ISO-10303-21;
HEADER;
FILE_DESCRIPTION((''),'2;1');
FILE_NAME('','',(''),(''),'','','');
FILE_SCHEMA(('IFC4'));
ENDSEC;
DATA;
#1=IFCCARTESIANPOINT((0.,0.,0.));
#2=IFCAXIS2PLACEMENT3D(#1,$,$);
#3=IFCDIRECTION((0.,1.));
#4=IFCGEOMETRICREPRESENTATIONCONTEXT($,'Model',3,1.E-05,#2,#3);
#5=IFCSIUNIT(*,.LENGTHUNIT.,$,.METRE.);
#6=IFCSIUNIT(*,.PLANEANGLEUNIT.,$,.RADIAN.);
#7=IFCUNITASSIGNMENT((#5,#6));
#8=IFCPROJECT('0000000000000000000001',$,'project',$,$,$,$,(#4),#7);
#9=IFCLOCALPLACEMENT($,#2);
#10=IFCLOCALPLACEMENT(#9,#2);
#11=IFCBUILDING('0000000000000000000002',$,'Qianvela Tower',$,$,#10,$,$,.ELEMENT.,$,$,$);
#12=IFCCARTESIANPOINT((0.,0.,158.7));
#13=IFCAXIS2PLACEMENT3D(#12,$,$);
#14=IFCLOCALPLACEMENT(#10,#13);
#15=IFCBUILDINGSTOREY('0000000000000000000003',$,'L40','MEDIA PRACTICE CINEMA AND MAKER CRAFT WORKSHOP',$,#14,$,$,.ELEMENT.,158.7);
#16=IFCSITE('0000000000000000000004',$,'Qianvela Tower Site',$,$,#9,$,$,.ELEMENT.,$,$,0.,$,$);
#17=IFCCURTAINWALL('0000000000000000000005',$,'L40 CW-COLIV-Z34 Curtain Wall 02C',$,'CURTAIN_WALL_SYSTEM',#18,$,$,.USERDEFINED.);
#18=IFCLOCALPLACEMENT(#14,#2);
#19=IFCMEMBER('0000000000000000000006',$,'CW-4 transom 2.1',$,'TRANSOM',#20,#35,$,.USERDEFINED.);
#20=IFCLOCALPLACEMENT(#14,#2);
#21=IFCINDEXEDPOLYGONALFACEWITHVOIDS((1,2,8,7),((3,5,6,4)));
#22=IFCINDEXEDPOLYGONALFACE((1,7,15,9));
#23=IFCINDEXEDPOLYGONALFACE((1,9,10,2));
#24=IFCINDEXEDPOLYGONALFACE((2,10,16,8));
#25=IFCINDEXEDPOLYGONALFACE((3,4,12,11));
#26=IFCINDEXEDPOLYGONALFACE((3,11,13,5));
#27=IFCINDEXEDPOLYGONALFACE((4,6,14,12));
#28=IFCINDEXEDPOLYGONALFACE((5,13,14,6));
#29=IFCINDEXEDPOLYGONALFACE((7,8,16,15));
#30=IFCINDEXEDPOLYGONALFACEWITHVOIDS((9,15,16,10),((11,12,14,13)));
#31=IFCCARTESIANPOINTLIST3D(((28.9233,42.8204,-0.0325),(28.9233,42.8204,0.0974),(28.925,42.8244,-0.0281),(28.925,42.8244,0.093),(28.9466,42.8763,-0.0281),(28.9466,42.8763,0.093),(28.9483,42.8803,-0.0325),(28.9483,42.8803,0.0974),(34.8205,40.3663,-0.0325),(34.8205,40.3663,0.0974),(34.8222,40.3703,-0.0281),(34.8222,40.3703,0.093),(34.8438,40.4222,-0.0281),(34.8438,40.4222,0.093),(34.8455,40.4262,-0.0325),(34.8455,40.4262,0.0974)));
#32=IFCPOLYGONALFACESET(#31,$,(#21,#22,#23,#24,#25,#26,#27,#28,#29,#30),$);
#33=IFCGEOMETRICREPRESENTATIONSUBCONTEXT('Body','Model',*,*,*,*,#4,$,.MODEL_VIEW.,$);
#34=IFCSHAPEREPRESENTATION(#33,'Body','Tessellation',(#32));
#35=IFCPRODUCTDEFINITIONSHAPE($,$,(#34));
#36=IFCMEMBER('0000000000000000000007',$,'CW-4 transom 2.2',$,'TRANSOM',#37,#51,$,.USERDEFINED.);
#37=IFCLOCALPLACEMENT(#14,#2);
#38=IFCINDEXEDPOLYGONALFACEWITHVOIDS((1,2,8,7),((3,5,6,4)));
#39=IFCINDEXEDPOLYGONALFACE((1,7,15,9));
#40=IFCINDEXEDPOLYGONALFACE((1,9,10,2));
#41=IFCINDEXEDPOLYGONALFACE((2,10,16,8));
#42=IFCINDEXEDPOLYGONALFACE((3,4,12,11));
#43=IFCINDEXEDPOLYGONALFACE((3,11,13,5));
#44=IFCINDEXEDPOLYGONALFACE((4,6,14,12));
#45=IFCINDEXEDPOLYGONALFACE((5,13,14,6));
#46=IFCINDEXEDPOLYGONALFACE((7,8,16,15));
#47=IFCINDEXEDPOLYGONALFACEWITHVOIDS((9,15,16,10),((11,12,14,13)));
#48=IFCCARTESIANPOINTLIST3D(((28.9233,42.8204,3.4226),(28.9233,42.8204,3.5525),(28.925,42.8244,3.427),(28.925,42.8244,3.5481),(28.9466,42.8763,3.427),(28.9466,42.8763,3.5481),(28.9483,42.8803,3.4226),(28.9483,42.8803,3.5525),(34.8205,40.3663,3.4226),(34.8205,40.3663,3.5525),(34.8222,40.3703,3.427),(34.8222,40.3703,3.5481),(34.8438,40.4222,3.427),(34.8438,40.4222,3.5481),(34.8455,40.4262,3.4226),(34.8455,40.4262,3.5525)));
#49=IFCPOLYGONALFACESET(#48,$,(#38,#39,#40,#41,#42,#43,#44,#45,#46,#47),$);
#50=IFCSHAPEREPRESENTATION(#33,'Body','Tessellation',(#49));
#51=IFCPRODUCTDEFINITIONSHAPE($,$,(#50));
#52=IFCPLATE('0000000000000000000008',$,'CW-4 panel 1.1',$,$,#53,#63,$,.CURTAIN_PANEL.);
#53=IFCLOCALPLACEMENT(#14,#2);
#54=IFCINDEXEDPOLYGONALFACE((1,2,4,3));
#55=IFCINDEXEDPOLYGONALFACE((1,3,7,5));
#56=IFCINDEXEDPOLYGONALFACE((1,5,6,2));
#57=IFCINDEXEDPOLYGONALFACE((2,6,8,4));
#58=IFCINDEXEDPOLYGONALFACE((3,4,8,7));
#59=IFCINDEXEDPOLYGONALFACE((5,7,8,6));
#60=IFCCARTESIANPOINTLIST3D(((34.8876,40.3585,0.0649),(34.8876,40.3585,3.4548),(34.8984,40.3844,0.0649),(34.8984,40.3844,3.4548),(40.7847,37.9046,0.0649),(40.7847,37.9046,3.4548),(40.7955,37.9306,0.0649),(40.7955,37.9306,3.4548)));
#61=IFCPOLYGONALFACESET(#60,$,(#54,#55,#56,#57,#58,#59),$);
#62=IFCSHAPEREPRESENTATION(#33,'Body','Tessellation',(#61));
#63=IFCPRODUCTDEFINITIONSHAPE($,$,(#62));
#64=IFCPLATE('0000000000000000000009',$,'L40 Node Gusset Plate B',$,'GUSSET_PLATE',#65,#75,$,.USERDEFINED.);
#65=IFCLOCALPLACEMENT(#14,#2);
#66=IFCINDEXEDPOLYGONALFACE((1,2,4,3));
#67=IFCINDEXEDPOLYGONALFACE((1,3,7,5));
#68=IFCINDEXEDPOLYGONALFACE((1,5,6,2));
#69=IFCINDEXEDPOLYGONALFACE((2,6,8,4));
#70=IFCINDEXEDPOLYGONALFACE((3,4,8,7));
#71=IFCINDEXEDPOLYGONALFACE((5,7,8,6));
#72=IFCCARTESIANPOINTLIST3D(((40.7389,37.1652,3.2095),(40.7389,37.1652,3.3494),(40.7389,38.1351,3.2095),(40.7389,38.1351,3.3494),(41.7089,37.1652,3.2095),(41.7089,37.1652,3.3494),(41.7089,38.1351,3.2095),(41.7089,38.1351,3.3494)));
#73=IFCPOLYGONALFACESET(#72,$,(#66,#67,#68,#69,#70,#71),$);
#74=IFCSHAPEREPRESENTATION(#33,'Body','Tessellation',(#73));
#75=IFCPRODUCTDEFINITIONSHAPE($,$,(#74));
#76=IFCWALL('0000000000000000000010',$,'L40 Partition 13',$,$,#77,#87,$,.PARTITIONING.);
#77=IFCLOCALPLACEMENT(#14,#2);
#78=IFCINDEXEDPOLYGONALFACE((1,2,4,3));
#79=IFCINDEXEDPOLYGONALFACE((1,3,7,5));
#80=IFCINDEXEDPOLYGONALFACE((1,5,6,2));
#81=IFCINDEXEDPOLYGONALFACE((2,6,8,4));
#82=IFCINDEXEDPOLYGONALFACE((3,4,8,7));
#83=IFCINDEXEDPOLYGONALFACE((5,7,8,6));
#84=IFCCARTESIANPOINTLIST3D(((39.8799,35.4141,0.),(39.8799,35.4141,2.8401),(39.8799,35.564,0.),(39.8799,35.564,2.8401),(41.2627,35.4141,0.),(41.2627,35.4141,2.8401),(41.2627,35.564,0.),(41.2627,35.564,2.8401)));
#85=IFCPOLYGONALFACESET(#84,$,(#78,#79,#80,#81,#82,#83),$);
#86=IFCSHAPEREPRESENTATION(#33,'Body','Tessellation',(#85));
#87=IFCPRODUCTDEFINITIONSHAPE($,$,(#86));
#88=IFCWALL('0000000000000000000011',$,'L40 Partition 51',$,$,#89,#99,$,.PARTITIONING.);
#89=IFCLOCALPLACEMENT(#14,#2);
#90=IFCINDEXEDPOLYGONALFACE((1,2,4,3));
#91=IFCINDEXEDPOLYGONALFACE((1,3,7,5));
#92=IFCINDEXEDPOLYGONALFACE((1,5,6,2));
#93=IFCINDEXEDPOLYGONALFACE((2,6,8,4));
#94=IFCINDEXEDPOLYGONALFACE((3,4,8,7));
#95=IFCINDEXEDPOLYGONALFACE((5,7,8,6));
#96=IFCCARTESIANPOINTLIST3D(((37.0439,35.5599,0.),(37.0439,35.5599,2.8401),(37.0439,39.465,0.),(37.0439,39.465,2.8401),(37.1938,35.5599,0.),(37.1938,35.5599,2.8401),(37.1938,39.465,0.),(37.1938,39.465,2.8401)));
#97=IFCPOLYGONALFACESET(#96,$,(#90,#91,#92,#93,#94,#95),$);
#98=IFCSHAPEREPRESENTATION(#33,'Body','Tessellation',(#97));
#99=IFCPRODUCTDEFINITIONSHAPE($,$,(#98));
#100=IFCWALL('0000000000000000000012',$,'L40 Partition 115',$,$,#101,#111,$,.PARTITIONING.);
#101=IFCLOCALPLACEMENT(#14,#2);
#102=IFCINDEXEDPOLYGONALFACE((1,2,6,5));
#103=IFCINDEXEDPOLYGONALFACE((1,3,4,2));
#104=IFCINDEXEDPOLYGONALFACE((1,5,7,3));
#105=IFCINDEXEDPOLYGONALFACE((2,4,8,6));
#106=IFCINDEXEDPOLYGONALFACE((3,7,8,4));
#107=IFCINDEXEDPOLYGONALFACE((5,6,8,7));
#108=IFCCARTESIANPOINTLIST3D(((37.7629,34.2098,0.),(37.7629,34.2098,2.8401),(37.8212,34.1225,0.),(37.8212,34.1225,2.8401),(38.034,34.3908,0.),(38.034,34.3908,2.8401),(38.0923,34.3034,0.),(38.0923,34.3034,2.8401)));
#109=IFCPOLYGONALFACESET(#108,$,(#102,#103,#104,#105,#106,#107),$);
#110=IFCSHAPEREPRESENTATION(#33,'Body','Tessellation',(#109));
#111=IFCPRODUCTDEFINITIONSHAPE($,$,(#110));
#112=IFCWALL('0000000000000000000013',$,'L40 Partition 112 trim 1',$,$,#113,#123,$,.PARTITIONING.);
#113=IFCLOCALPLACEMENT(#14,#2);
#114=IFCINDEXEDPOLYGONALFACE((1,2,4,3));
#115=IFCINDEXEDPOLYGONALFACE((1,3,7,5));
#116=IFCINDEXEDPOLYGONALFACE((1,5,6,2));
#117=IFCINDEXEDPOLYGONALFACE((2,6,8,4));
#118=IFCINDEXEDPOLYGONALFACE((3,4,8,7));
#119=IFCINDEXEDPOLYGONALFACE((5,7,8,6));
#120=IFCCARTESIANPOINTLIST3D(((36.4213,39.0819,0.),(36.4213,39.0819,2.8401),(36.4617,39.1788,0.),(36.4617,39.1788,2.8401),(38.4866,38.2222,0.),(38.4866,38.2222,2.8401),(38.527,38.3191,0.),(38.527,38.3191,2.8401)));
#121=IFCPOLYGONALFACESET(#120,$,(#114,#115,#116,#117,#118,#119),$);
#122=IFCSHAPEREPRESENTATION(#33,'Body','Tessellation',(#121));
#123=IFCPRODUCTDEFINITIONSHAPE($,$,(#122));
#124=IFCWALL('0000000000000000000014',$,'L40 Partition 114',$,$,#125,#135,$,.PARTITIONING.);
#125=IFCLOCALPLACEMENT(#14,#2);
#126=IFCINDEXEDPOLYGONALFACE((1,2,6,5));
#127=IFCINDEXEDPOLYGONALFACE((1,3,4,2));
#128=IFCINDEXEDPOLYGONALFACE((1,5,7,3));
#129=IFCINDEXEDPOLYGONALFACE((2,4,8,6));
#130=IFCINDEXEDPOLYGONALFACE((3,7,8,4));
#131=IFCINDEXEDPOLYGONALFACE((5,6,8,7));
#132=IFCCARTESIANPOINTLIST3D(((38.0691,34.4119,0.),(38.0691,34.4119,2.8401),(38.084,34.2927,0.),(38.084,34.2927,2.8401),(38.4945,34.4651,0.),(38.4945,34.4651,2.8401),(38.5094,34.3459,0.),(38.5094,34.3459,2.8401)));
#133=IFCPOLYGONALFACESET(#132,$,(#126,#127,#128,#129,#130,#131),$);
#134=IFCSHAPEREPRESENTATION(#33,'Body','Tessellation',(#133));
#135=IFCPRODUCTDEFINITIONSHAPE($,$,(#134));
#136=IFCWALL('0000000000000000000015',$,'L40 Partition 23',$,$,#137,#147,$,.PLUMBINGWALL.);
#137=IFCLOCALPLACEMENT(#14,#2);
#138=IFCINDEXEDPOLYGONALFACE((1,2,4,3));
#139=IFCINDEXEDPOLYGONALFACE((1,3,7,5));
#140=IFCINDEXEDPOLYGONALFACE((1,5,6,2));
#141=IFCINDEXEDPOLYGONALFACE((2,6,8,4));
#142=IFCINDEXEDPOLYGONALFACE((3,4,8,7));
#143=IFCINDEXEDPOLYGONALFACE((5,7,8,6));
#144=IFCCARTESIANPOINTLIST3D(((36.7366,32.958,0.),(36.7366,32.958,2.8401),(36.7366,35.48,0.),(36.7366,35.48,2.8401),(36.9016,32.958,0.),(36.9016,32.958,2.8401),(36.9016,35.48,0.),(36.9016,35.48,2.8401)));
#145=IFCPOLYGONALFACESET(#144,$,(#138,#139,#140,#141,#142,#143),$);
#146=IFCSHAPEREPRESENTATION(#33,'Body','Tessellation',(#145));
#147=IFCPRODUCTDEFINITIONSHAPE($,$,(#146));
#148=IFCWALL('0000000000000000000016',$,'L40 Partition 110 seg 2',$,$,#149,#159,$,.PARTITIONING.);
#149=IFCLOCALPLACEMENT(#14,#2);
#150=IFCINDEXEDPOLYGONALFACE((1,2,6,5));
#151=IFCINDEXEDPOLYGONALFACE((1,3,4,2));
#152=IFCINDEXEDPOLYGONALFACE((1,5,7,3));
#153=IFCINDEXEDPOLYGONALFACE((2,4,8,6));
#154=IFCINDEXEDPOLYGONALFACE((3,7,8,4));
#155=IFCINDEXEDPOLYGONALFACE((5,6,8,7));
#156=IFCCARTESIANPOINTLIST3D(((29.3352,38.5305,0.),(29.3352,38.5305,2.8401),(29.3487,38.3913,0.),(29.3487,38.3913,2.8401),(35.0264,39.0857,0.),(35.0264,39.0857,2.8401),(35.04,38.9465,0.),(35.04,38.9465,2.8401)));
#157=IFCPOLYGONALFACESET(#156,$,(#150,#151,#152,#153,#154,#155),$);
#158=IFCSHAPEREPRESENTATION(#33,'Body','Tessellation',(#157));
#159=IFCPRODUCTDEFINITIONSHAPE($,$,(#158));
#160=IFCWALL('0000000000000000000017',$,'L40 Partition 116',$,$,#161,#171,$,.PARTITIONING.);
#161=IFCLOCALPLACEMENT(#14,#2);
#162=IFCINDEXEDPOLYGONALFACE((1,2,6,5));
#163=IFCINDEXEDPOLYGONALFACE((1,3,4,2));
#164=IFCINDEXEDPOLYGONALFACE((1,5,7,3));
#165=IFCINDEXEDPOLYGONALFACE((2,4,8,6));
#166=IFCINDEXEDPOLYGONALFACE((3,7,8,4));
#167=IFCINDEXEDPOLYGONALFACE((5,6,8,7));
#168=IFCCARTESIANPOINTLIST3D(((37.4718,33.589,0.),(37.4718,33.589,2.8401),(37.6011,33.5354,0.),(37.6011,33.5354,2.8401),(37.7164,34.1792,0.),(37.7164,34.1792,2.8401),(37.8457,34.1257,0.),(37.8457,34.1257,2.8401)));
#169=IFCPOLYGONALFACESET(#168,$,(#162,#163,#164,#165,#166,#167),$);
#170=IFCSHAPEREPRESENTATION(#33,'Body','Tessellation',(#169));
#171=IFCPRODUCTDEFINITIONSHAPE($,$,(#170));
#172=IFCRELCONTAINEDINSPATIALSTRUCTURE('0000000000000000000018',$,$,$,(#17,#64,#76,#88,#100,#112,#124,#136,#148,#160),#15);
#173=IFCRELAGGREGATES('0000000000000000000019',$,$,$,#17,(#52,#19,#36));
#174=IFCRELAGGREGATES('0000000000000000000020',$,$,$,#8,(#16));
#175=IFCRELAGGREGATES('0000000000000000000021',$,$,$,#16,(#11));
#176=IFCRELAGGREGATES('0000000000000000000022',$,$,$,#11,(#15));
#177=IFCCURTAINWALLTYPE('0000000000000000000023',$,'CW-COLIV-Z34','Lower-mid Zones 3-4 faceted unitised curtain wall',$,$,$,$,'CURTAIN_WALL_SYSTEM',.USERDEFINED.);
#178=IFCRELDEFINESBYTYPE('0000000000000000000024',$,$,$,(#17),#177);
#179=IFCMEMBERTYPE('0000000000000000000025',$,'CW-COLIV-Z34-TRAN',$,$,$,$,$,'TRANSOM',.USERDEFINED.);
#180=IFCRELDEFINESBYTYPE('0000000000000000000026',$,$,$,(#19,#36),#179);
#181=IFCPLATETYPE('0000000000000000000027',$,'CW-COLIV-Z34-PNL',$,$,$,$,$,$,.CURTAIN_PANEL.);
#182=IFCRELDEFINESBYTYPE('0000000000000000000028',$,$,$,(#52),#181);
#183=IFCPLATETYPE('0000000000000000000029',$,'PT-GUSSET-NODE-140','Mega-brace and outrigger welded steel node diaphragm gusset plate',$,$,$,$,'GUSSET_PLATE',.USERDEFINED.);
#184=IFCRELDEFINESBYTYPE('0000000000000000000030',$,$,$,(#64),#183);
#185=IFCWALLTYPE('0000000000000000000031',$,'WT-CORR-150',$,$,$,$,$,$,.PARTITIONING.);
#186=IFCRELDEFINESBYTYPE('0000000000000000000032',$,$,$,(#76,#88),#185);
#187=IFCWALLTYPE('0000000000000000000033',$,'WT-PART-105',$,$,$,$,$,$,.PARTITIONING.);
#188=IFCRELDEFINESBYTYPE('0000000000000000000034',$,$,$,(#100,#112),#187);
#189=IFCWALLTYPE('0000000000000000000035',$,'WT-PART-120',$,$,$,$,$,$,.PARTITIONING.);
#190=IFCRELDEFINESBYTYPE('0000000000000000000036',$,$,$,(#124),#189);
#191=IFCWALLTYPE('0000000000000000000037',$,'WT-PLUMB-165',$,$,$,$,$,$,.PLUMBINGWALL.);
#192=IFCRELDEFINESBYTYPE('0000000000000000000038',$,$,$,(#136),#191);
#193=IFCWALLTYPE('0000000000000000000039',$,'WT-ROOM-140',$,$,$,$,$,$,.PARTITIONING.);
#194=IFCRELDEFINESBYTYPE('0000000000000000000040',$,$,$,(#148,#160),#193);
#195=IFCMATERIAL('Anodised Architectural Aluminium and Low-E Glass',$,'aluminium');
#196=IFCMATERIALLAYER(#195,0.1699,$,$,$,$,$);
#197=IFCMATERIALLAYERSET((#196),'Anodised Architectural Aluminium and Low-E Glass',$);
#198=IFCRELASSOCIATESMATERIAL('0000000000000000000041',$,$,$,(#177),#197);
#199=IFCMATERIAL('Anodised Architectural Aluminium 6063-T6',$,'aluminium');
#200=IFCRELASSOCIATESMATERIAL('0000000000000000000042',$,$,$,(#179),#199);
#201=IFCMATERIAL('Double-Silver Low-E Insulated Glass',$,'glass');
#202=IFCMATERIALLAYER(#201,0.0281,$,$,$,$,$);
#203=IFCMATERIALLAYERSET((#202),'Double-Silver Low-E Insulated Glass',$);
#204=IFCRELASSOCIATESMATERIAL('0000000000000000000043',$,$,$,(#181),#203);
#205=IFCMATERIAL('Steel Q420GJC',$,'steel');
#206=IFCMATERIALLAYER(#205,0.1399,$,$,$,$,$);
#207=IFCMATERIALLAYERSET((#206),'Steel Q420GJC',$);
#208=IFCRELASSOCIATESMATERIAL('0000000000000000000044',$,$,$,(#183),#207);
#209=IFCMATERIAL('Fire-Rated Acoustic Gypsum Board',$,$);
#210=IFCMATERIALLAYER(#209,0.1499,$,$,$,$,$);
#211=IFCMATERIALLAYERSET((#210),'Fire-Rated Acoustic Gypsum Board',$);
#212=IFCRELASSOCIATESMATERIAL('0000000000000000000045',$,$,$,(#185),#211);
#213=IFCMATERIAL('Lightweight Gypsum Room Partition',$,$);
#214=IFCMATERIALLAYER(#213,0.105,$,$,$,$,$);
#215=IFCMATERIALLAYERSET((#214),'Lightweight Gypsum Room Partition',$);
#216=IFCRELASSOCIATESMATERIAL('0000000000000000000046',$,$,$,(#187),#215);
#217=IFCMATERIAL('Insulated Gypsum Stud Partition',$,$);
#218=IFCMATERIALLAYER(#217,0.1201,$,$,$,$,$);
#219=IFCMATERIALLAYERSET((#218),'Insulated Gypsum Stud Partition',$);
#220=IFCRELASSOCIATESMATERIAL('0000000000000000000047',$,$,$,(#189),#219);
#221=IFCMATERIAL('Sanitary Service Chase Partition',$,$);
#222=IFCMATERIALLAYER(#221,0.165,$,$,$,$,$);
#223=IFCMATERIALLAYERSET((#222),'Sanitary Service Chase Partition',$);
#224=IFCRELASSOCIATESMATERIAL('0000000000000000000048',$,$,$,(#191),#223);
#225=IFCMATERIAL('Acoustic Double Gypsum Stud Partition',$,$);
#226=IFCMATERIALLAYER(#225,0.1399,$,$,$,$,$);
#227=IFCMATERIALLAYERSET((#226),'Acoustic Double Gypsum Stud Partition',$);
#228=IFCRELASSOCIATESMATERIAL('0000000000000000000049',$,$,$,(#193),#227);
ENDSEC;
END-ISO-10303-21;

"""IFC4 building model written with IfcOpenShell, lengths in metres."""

from ifc_helpers import new_model, si_unit, direction, frame, frame_2d, origin, origin_2d, place, context, subcontext, project, spatial, rectangle, hollow_rectangle, extrude, material, layer, layer_set, material_profile, profile_set, type_object, element, aggregate, save


model = new_model("IFC4")

# Units and contexts
model_context = context("Model", 3, precision=1e-05, world=origin(), true_north=direction((0.0, 1.0)))
body_context = subcontext(model_context, "Body", "Model", "MODEL_VIEW")
ifc_project = project(units=[si_unit("LENGTHUNIT", "METRE"), si_unit("PLANEANGLEUNIT", "RADIAN")], contexts=[model_context])

# Site, building, storey
site_placement = place(None, origin())
site = spatial("IfcSite", under=ifc_project, at=site_placement, Name="Qianvela Tower Site", CompositionType="ELEMENT", RefElevation=0.0)
building_placement = place(site_placement, origin())
building = spatial("IfcBuilding", under=site, at=building_placement, Name="Qianvela Tower", CompositionType="ELEMENT")
storey_placement = place(building_placement, frame((0.0, 0.0, 158.7)))
storey = spatial("IfcBuildingStorey", under=building, at=storey_placement, Name="L40", Description="MEDIA PRACTICE CINEMA AND MAKER CRAFT WORKSHOP", CompositionType="ELEMENT", Elevation=158.7)

# Curtain wall, members, plate
ifc_material_1 = material(Name="Anodised Architectural Aluminium and Low-E Glass", Category="aluminium")
ifc_layer_1 = layer(ifc_material_1, 0.1699)
ifc_layer_set_1 = layer_set([ifc_layer_1], Name="Anodised Architectural Aluminium and Low-E Glass")
curtain_wall_type_1 = type_object("IfcCurtainWallType", Name="CW-COLIV-Z34", Description="Lower-mid Zones 3-4 faceted unitised curtain wall", ElementType="CURTAIN_WALL_SYSTEM", PredefinedType="USERDEFINED", material=ifc_layer_set_1)
curtain_wall_1_placement = place(storey_placement, origin())
curtain_wall_1 = element("IfcCurtainWall", 1, at=curtain_wall_1_placement, inside=storey, type_object=curtain_wall_type_1, Name="L40 CW-COLIV-Z34 Curtain Wall 02C", ObjectType="CURTAIN_WALL_SYSTEM", PredefinedType="USERDEFINED")
ifc_material_2 = material(Name="Anodised Architectural Aluminium 6063-T6", Category="aluminium")
ifc_material_profile_1 = material_profile(ifc_material_2, hollow_rectangle(XDim=0.0649, YDim=0.1299, WallThickness=0.0044, at=origin_2d()), Name="ALU-TRAN-65x130")
ifc_profile_set_1 = profile_set([ifc_material_profile_1], Name="Anodised Architectural Aluminium 6063-T6")
member_type_1 = type_object("IfcMemberType", Name="CW-COLIV-Z34-TRAN", ElementType="TRANSOM", PredefinedType="USERDEFINED", material=ifc_profile_set_1)
member_1_placement = place(storey_placement, frame((34.833, 40.3962, 0.0325), z_axis=(-0.923248, 0.384206, 0.0), x_axis=(-0.384206, -0.923248, 0.0)))
member_1 = element("IfcMember", 2, at=member_1_placement, type_object=member_type_1, Name="CW-4 transom 2.1", ObjectType="TRANSOM", PredefinedType="USERDEFINED", context=body_context, shape_type="SweptSolid", body=[
    extrude(hollow_rectangle(XDim=0.0649, YDim=0.1299, WallThickness=0.0044, at=origin_2d()), origin(), (0.0, 0.0, 1.0), 6.3875),
])
member_2_placement = place(storey_placement, frame((34.833, 40.3962, 3.4875), z_axis=(-0.923248, 0.384206, 0.0), x_axis=(-0.384206, -0.923248, 0.0)))
member_2 = element("IfcMember", 3, at=member_2_placement, type_object=member_type_1, Name="CW-4 transom 2.2", ObjectType="TRANSOM", PredefinedType="USERDEFINED", context=body_context, shape_type="SweptSolid", body=[
    extrude(hollow_rectangle(XDim=0.0649, YDim=0.1299, WallThickness=0.0044, at=origin_2d()), origin(), (0.0, 0.0, 1.0), 6.3875),
])
ifc_material_3 = material(Name="Double-Silver Low-E Insulated Glass", Category="glass")
ifc_layer_2 = layer(ifc_material_3, 0.0281)
ifc_layer_set_2 = layer_set([ifc_layer_2], Name="Double-Silver Low-E Insulated Glass")
plate_type_1 = type_object("IfcPlateType", Name="CW-COLIV-Z34-PNL", PredefinedType="CURTAIN_PANEL", material=ifc_layer_set_2)
plate_1_placement = place(storey_placement, frame((37.8416, 39.1445, 0.0649), z_axis=(0.0, 0.0, 1.0), x_axis=(-0.923257, 0.384182, 0.0)))
plate_1 = element("IfcPlate", 4, at=plate_1_placement, type_object=plate_type_1, Name="CW-4 panel 1.1", PredefinedType="CURTAIN_PANEL", context=body_context, shape_type="SweptSolid", body=[
    extrude(rectangle(XDim=6.3872, YDim=0.0281, at=origin_2d()), origin(), (0.0, 0.0, 1.0), 3.3899),
])
aggregate(curtain_wall_1, [plate_1, member_1, member_2])

# Plate
ifc_material_4 = material(Name="Steel Q420GJC", Category="steel")
ifc_layer_3 = layer(ifc_material_4, 0.1399)
ifc_layer_set_3 = layer_set([ifc_layer_3], Name="Steel Q420GJC")
plate_type_2 = type_object("IfcPlateType", Name="PT-GUSSET-NODE-140", Description="Mega-brace and outrigger welded steel node diaphragm gusset plate", ElementType="GUSSET_PLATE", PredefinedType="USERDEFINED", material=ifc_layer_set_3)
plate_2_placement = place(storey_placement, frame((41.2239, 37.6501, 3.2095), z_axis=(0.0, 0.0, 1.0), x_axis=(1.0, 0.0, 0.0)))
element("IfcPlate", 5, at=plate_2_placement, inside=storey, type_object=plate_type_2, Name="L40 Node Gusset Plate B", ObjectType="GUSSET_PLATE", PredefinedType="USERDEFINED", context=body_context, shape_type="SweptSolid", body=[
    extrude(rectangle(XDim=0.97, YDim=0.97, at=origin_2d()), origin(), (0.0, 0.0, 1.0), 0.1399),
])

# Walls
ifc_material_5 = material(Name="Fire-Rated Acoustic Gypsum Board")
ifc_layer_4 = layer(ifc_material_5, 0.1499)
ifc_layer_set_4 = layer_set([ifc_layer_4], Name="Fire-Rated Acoustic Gypsum Board")
wall_type_1 = type_object("IfcWallType", Name="WT-CORR-150", PredefinedType="PARTITIONING", material=ifc_layer_set_4)
wall_1_placement = place(storey_placement, frame((39.8799, 35.489, 0.0), z_axis=(0.0, 0.0, 1.0), x_axis=(1.0, 0.0, 0.0)))
element("IfcWall", 6, at=wall_1_placement, inside=storey, type_object=wall_type_1, Name="L40 Partition 13", PredefinedType="PARTITIONING", context=body_context, shape_type="SweptSolid", body=[
    extrude(rectangle(XDim=1.3828, YDim=0.1499, at=frame_2d((0.6914, 0.0))), origin(), (0.0, 0.0, 1.0), 2.8401),
])
wall_2_placement = place(storey_placement, frame((37.1189, 39.4651, 0.0), z_axis=(0.0, 0.0, 1.0), x_axis=(0.0, -1.0, 0.0)))
element("IfcWall", 7, at=wall_2_placement, inside=storey, type_object=wall_type_1, Name="L40 Partition 51", PredefinedType="PARTITIONING", context=body_context, shape_type="SweptSolid", body=[
    extrude(rectangle(XDim=3.905, YDim=0.1499, at=frame_2d((1.9526, 0.0))), origin(), (0.0, 0.0, 1.0), 2.8401),
])
ifc_material_6 = material(Name="Lightweight Gypsum Room Partition")
ifc_layer_5 = layer(ifc_material_6, 0.105)
ifc_layer_set_5 = layer_set([ifc_layer_5], Name="Lightweight Gypsum Room Partition")
wall_type_2 = type_object("IfcWallType", Name="WT-PART-105", PredefinedType="PARTITIONING", material=ifc_layer_set_5)
wall_3_placement = place(storey_placement, frame((38.0632, 34.3472, 0.0), z_axis=(0.0, 0.0, 1.0), x_axis=(-0.831704, -0.555219, 0.0)))
element("IfcWall", 8, at=wall_3_placement, inside=storey, type_object=wall_type_2, Name="L40 Partition 115", PredefinedType="PARTITIONING", context=body_context, shape_type="SweptSolid", body=[
    extrude(rectangle(XDim=0.3259, YDim=0.105, at=frame_2d((0.1631, 0.0))), origin(), (0.0, 0.0, 1.0), 2.8401),
])
wall_4_placement = place(storey_placement, frame((36.4414, 39.1304, 0.0), z_axis=(0.0, 0.0, 1.0), x_axis=(0.923216, -0.384282, 0.0)))
element("IfcWall", 9, at=wall_4_placement, inside=storey, type_object=wall_type_2, Name="L40 Partition 112 trim 1", PredefinedType="PARTITIONING", context=body_context, shape_type="SweptSolid", body=[
    extrude(rectangle(XDim=2.2371, YDim=0.105, at=frame_2d((1.1187, 0.0))), origin(), (0.0, 0.0, 1.0), 2.8401),
])
ifc_material_7 = material(Name="Insulated Gypsum Stud Partition")
ifc_layer_6 = layer(ifc_material_7, 0.1201)
ifc_layer_set_6 = layer_set([ifc_layer_6], Name="Insulated Gypsum Stud Partition")
wall_type_3 = type_object("IfcWallType", Name="WT-PART-120", PredefinedType="PARTITIONING", material=ifc_layer_set_6)
wall_5_placement = place(storey_placement, frame((38.502, 34.4055, 0.0), z_axis=(0.0, 0.0, 1.0), x_axis=(-0.99226, -0.124175, 0.0)))
element("IfcWall", 10, at=wall_5_placement, inside=storey, type_object=wall_type_3, Name="L40 Partition 114", PredefinedType="PARTITIONING", context=body_context, shape_type="SweptSolid", body=[
    extrude(rectangle(XDim=0.4287, YDim=0.1201, at=frame_2d((0.2144, 0.0))), origin(), (0.0, 0.0, 1.0), 2.8401),
])
ifc_material_8 = material(Name="Sanitary Service Chase Partition")
ifc_layer_7 = layer(ifc_material_8, 0.165)
ifc_layer_set_7 = layer_set([ifc_layer_7], Name="Sanitary Service Chase Partition")
wall_type_4 = type_object("IfcWallType", Name="WT-PLUMB-165", PredefinedType="PLUMBINGWALL", material=ifc_layer_set_7)
wall_6_placement = place(storey_placement, frame((36.8191, 35.48, 0.0), z_axis=(0.0, 0.0, 1.0), x_axis=(0.0, -1.0, 0.0)))
element("IfcWall", 11, at=wall_6_placement, inside=storey, type_object=wall_type_4, Name="L40 Partition 23", PredefinedType="PLUMBINGWALL", context=body_context, shape_type="SweptSolid", body=[
    extrude(rectangle(XDim=2.522, YDim=0.165, at=frame_2d((1.261, 0.0))), origin(), (0.0, 0.0, 1.0), 2.8401),
])
ifc_material_9 = material(Name="Acoustic Double Gypsum Stud Partition")
ifc_layer_8 = layer(ifc_material_9, 0.1399)
ifc_layer_set_8 = layer_set([ifc_layer_8], Name="Acoustic Double Gypsum Stud Partition")
wall_type_5 = type_object("IfcWallType", Name="WT-ROOM-140", PredefinedType="PARTITIONING", material=ifc_layer_set_8)
wall_7_placement = place(storey_placement, frame((35.0332, 39.0161, 0.0), z_axis=(0.0, 0.0, 1.0), x_axis=(-0.995276, -0.09709, 0.0)))
element("IfcWall", 12, at=wall_7_placement, inside=storey, type_object=wall_type_5, Name="L40 Partition 110 seg 2", PredefinedType="PARTITIONING", context=body_context, shape_type="SweptSolid", body=[
    extrude(rectangle(XDim=5.7183, YDim=0.1399, at=frame_2d((2.8591, 0.0))), origin(), (0.0, 0.0, 1.0), 2.8401),
])
wall_8_placement = place(storey_placement, frame((37.781, 34.1523, 0.0), z_axis=(0.0, 0.0, 1.0), x_axis=(-0.382824, -0.923821, 0.0)))
element("IfcWall", 13, at=wall_8_placement, inside=storey, type_object=wall_type_5, Name="L40 Partition 116", PredefinedType="PARTITIONING", context=body_context, shape_type="SweptSolid", body=[
    extrude(rectangle(XDim=0.6389, YDim=0.1399, at=frame_2d((0.3193, 0.0))), origin(), (0.0, 0.0, 1.0), 2.8401),
])

save(model, "model.ifc")
